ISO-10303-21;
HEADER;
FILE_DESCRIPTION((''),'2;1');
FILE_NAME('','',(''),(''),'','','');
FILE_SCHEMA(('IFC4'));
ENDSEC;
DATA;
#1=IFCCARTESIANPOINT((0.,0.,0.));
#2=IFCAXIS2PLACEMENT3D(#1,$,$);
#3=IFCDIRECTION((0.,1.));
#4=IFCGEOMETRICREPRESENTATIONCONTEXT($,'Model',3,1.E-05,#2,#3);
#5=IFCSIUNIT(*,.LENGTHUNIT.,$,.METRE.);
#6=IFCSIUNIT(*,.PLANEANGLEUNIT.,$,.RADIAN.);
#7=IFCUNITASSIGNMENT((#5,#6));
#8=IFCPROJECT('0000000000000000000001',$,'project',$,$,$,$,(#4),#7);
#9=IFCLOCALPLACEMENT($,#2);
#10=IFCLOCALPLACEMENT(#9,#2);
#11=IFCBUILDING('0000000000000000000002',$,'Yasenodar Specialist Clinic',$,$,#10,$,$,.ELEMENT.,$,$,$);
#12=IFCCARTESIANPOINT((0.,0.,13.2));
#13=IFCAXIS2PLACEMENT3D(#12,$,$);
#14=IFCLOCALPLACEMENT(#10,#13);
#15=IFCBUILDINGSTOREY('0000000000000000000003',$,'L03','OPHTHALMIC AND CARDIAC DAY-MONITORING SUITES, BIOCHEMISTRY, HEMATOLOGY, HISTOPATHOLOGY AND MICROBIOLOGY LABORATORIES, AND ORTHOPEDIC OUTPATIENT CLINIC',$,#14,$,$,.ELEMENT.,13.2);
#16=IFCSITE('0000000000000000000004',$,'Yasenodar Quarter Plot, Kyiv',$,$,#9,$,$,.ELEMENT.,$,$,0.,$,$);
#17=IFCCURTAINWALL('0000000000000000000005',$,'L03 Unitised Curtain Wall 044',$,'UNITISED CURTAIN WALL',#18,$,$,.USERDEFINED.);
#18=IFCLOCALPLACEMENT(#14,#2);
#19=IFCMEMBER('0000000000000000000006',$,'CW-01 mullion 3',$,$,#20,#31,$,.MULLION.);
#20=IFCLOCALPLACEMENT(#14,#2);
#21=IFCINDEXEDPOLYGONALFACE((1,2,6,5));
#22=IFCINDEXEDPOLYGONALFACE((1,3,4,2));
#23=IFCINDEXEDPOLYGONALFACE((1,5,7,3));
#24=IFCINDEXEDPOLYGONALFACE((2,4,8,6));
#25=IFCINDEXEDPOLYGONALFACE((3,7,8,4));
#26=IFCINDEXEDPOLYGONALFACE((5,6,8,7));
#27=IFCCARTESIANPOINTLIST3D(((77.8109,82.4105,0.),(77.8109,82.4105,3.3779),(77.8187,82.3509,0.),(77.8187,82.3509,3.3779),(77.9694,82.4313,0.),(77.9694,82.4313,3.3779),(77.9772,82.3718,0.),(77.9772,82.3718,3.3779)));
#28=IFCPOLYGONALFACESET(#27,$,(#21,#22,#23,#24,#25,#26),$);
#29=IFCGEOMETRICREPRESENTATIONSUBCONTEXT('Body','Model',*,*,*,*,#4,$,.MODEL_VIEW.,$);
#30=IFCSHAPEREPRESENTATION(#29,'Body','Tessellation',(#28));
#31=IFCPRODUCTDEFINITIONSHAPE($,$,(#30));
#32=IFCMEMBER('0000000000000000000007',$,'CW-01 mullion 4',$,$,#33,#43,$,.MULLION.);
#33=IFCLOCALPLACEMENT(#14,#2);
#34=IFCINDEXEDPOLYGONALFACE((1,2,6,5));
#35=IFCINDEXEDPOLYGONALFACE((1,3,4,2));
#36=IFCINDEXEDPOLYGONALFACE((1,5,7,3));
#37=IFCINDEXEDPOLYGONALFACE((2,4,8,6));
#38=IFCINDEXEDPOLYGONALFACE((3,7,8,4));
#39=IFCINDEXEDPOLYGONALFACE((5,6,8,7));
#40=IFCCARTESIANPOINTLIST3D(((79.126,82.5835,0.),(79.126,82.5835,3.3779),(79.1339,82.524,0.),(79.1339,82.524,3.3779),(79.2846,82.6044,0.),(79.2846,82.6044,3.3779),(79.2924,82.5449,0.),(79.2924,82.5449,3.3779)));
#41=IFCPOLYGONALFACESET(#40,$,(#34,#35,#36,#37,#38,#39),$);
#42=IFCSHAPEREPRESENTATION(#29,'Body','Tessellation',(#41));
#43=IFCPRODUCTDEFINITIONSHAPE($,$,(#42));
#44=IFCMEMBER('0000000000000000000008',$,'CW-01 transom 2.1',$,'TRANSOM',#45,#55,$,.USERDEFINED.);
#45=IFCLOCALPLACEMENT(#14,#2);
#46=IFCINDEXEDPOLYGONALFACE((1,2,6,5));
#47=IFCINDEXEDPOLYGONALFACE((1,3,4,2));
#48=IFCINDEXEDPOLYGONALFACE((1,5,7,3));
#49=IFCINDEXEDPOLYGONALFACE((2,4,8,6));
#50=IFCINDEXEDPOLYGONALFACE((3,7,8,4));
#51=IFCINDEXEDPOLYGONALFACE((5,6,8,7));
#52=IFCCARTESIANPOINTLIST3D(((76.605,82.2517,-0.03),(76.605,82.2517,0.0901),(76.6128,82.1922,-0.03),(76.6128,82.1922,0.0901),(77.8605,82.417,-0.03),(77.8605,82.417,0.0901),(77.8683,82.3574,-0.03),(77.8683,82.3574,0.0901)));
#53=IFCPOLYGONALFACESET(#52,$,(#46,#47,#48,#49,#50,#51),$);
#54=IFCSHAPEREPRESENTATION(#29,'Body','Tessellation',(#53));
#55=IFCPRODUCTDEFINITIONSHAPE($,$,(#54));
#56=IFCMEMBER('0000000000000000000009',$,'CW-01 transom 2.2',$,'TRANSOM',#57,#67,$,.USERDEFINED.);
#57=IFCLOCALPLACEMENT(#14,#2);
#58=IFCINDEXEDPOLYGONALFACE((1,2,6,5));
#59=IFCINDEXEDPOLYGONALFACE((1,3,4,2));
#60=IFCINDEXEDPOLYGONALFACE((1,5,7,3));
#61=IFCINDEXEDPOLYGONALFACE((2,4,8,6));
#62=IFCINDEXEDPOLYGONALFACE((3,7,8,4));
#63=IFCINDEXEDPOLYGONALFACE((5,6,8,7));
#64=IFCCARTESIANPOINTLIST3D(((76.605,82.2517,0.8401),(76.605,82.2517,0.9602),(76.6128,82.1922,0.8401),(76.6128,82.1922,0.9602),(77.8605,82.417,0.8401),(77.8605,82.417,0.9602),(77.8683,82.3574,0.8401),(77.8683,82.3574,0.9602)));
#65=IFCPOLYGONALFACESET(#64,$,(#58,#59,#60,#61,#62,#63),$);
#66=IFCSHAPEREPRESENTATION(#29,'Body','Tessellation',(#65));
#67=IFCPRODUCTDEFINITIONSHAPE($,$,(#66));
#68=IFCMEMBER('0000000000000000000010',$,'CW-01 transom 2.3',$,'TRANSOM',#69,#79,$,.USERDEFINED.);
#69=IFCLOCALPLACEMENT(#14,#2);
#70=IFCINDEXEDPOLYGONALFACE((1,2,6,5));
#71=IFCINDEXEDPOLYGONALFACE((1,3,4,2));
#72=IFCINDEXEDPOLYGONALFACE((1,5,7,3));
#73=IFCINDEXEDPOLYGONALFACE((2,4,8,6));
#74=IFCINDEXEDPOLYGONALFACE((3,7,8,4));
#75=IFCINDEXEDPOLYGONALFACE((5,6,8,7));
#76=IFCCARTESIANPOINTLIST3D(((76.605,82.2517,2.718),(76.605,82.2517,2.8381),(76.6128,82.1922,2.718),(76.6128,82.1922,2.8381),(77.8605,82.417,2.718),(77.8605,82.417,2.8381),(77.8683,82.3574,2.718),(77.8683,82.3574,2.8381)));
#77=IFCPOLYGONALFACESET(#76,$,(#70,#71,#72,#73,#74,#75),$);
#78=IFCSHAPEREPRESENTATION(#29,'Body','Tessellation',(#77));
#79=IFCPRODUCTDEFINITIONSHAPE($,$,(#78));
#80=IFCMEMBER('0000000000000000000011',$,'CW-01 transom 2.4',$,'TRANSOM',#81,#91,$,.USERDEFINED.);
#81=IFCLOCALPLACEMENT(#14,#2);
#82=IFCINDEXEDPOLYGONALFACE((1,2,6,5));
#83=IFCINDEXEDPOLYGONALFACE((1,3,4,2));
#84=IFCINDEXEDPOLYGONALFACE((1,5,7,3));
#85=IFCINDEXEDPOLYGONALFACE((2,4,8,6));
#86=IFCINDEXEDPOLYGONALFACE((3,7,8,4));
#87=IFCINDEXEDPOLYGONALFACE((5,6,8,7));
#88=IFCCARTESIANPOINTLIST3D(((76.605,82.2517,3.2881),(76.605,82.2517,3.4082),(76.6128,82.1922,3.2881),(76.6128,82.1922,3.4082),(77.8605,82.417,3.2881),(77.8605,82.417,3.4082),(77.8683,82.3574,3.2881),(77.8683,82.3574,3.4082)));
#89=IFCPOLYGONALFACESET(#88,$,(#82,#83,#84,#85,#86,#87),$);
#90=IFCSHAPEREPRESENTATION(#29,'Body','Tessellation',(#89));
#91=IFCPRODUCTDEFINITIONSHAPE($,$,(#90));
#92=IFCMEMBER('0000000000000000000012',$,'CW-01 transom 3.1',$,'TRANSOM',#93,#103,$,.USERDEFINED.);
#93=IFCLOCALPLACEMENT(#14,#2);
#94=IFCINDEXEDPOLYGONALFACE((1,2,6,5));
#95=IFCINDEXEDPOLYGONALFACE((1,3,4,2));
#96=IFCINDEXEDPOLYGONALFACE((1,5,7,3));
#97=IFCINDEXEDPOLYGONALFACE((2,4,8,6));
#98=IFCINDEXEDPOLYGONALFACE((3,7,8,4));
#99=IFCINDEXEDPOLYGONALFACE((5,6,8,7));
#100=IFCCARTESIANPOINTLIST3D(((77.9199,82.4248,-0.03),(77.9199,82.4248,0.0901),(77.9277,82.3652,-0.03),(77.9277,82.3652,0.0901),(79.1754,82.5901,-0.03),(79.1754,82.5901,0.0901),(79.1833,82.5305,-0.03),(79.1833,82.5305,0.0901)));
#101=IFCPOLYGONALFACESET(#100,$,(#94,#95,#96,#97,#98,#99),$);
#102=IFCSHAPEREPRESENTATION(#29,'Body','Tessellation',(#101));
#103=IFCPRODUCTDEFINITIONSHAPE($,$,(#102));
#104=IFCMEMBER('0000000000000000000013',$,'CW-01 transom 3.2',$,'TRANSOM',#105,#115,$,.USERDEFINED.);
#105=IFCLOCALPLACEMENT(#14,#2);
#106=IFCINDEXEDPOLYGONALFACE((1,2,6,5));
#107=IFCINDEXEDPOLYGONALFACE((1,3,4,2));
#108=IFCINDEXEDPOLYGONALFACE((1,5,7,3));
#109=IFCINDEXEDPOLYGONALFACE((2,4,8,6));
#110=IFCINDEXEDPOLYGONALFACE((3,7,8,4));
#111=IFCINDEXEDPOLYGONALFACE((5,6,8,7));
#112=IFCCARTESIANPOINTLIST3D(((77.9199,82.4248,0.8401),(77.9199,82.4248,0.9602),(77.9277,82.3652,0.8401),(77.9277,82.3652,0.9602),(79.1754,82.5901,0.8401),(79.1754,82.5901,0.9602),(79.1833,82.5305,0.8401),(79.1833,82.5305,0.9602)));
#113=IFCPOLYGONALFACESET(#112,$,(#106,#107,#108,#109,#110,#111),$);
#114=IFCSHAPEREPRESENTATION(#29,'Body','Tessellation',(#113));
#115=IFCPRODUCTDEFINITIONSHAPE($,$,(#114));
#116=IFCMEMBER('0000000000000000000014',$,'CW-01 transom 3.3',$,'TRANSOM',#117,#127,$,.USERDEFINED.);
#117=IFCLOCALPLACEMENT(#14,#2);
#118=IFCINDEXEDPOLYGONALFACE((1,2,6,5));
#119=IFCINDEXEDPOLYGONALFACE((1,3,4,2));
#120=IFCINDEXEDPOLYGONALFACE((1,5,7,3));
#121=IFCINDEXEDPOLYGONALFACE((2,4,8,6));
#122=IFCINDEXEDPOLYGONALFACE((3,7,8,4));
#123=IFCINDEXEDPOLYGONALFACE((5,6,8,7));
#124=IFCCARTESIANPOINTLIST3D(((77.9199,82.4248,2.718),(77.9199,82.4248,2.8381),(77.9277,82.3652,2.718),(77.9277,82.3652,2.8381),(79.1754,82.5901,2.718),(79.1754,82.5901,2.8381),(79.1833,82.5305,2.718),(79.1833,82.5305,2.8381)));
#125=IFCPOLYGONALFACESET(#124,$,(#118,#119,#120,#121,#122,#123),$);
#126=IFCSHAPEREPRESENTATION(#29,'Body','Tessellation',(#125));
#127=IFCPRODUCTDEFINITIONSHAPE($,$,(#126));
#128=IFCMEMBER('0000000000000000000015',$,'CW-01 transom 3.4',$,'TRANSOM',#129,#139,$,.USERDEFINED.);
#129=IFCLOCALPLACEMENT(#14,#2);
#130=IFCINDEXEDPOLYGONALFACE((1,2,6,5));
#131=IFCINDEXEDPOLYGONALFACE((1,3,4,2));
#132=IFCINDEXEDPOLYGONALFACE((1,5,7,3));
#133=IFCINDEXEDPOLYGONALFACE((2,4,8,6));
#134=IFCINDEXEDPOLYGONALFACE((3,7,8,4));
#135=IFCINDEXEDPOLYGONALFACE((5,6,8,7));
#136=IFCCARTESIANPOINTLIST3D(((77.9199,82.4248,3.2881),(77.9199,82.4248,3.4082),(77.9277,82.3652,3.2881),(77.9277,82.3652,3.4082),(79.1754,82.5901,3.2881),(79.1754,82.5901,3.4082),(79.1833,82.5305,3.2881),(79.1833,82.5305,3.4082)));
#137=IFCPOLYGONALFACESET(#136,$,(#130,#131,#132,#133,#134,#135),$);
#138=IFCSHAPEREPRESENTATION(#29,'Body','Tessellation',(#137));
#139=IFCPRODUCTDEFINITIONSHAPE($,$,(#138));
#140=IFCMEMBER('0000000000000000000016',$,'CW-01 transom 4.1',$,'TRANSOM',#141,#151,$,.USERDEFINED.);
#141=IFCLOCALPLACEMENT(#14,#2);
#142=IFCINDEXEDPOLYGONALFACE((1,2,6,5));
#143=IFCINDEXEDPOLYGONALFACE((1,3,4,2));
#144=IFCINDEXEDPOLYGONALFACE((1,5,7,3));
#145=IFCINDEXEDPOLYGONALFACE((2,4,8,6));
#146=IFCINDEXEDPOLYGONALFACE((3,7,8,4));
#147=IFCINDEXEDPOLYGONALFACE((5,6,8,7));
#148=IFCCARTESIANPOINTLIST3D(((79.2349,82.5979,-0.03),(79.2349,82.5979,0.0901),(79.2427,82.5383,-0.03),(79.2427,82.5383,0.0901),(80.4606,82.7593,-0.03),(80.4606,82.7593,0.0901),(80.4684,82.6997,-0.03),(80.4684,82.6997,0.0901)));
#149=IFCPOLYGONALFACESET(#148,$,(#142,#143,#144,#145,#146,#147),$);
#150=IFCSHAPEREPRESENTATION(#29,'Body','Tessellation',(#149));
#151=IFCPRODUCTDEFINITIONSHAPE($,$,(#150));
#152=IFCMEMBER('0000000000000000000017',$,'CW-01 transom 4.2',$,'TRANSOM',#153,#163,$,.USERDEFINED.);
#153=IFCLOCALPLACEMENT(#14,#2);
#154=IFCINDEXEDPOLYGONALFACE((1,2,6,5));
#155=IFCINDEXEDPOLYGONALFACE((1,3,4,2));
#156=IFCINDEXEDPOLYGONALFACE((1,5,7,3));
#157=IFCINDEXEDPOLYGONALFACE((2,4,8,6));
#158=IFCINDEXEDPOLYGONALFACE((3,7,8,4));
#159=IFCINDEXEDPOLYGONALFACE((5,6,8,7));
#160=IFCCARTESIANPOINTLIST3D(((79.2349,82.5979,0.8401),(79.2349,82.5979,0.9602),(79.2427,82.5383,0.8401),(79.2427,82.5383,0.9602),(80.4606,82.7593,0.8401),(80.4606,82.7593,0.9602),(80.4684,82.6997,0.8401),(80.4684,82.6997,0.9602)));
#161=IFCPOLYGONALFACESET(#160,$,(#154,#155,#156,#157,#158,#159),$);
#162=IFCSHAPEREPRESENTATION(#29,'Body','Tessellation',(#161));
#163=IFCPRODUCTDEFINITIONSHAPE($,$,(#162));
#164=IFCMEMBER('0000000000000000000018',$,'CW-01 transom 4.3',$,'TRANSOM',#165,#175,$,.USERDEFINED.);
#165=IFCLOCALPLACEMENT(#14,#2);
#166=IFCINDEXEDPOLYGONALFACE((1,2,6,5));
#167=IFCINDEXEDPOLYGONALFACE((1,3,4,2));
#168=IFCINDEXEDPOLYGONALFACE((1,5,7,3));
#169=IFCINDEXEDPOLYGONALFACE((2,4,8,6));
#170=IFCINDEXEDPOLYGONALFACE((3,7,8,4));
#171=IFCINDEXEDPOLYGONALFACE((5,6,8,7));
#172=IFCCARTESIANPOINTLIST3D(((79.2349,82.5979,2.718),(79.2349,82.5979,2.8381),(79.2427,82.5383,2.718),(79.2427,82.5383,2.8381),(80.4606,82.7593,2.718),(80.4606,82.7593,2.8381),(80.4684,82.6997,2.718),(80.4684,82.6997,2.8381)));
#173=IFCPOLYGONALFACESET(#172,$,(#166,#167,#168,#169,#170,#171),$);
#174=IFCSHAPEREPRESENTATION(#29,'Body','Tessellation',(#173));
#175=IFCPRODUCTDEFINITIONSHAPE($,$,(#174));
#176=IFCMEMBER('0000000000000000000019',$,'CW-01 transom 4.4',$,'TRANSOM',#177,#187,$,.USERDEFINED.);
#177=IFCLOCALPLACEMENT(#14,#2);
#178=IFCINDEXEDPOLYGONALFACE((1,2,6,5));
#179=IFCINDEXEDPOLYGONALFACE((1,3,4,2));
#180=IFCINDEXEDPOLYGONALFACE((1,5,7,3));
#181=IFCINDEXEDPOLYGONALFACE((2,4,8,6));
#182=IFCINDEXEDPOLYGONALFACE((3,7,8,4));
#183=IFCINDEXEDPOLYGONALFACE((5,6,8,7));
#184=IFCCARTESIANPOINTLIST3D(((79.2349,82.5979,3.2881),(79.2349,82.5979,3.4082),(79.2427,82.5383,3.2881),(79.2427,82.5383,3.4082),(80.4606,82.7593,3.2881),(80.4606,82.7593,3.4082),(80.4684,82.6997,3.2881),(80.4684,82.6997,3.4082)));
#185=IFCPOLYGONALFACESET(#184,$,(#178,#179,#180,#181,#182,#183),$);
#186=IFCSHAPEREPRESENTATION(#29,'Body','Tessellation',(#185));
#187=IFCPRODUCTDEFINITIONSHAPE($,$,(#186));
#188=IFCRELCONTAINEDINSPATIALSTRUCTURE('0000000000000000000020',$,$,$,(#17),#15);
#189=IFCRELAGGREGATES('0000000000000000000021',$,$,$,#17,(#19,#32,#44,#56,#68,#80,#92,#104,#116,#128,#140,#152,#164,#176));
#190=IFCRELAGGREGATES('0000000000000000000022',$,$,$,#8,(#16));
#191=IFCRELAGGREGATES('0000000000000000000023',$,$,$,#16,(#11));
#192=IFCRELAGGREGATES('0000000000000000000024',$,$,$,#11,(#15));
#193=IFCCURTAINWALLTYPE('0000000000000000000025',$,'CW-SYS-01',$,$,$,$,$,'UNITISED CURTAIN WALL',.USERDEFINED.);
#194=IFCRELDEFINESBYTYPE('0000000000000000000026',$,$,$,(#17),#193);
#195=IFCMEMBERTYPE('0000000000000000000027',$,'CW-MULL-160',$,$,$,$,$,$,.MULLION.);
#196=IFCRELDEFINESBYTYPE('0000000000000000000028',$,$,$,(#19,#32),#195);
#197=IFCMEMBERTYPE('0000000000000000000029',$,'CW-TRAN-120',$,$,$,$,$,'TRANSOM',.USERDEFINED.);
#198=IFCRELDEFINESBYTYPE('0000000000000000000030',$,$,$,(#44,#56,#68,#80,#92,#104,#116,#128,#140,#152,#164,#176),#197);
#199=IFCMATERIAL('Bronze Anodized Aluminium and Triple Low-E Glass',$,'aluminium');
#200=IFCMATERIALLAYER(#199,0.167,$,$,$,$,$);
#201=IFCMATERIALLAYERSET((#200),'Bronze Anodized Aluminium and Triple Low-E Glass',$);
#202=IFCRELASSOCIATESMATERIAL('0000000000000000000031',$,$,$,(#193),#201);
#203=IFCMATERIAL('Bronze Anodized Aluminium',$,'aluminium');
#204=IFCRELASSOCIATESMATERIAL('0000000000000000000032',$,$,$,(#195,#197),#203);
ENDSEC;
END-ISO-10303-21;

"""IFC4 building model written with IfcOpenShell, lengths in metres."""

from ifc_helpers import new_model, si_unit, direction, frame, origin, origin_2d, place, context, subcontext, project, spatial, rectangle, extrude, material, layer, layer_set, material_profile, profile_set, type_object, element, aggregate, save


model = new_model("IFC4")

# Units and contexts
model_context = context("Model", 3, precision=1e-05, world=origin(), true_north=direction((0.0, 1.0)))
body_context = subcontext(model_context, "Body", "Model", "MODEL_VIEW")
ifc_project = project(units=[si_unit("LENGTHUNIT", "METRE"), si_unit("PLANEANGLEUNIT", "RADIAN")], contexts=[model_context])

# Site, building, storey
site_placement = place(None, origin())
site = spatial("IfcSite", under=ifc_project, at=site_placement, Name="Yasenodar Quarter Plot, Kyiv", CompositionType="ELEMENT", RefElevation=0.0)
building_placement = place(site_placement, origin())
building = spatial("IfcBuilding", under=site, at=building_placement, Name="Yasenodar Specialist Clinic", CompositionType="ELEMENT")
storey_placement = place(building_placement, frame((0.0, 0.0, 13.2)))
storey = spatial("IfcBuildingStorey", under=building, at=storey_placement, Name="L03", Description="OPHTHALMIC AND CARDIAC DAY-MONITORING SUITES, BIOCHEMISTRY, HEMATOLOGY, HISTOPATHOLOGY AND MICROBIOLOGY LABORATORIES, AND ORTHOPEDIC OUTPATIENT CLINIC", CompositionType="ELEMENT", Elevation=13.2)

# Curtain wall, members
ifc_material_1 = material(Name="Bronze Anodized Aluminium and Triple Low-E Glass", Category="aluminium")
ifc_layer_1 = layer(ifc_material_1, 0.167)
ifc_layer_set_1 = layer_set([ifc_layer_1], Name="Bronze Anodized Aluminium and Triple Low-E Glass")
curtain_wall_type = type_object("IfcCurtainWallType", Name="CW-SYS-01", ElementType="UNITISED CURTAIN WALL", PredefinedType="USERDEFINED", material=ifc_layer_set_1)
curtain_wall_1_placement = place(storey_placement, origin())
curtain_wall_1 = element("IfcCurtainWall", 1, at=curtain_wall_1_placement, inside=storey, type_object=curtain_wall_type, Name="L03 Unitised Curtain Wall 044", ObjectType="UNITISED CURTAIN WALL", PredefinedType="USERDEFINED")
ifc_material_2 = material(Name="Bronze Anodized Aluminium", Category="aluminium")
ifc_material_profile_1 = material_profile(ifc_material_2, rectangle(XDim=0.0601, YDim=0.1599, at=origin_2d()), Name="CW-MULL 60x160")
ifc_profile_set_1 = profile_set([ifc_material_profile_1], Name="Bronze Anodized Aluminium")
member_type_1 = type_object("IfcMemberType", Name="CW-MULL-160", PredefinedType="MULLION", material=ifc_profile_set_1)
member_1_placement = place(storey_placement, frame((77.894, 82.3911, 0.0), z_axis=(0.0, 0.0, 1.0), x_axis=(-0.130512, 0.991447, 0.0)))
member_1 = element("IfcMember", 2, at=member_1_placement, type_object=member_type_1, Name="CW-01 mullion 3", PredefinedType="MULLION", context=body_context, shape_type="SweptSolid", body=[
    extrude(rectangle(XDim=0.0601, YDim=0.1599, at=origin_2d()), origin(), (0.0, 0.0, 1.0), 3.3779),
])
member_2_placement = place(storey_placement, frame((79.2092, 82.5642, 0.0), z_axis=(0.0, 0.0, 1.0), x_axis=(-0.130512, 0.991447, 0.0)))
member_2 = element("IfcMember", 3, at=member_2_placement, type_object=member_type_1, Name="CW-01 mullion 4", PredefinedType="MULLION", context=body_context, shape_type="SweptSolid", body=[
    extrude(rectangle(XDim=0.0601, YDim=0.1599, at=origin_2d()), origin(), (0.0, 0.0, 1.0), 3.3779),
])
ifc_material_profile_2 = material_profile(ifc_material_2, rectangle(XDim=0.0601, YDim=0.1201, at=origin_2d()), Name="CW-TRAN 60x120")
ifc_profile_set_2 = profile_set([ifc_material_profile_2], Name="Bronze Anodized Aluminium")
member_type_2 = type_object("IfcMemberType", Name="CW-TRAN-120", ElementType="TRANSOM", PredefinedType="USERDEFINED", material=ifc_profile_set_2)
member_3_placement = place(storey_placement, frame((76.6089, 82.2219, 0.03), z_axis=(0.991447, 0.130509, 0.0), x_axis=(-0.130509, 0.991447, 0.0)))
member_3 = element("IfcMember", 4, at=member_3_placement, type_object=member_type_2, Name="CW-01 transom 2.1", ObjectType="TRANSOM", PredefinedType="USERDEFINED", context=body_context, shape_type="SweptSolid", body=[
    extrude(rectangle(XDim=0.0601, YDim=0.1201, at=origin_2d()), origin(), (0.0, 0.0, 1.0), 1.2664),
])
member_4_placement = place(storey_placement, frame((76.6089, 82.2219, 0.9001), z_axis=(0.991447, 0.130509, 0.0), x_axis=(-0.130509, 0.991447, 0.0)))
member_4 = element("IfcMember", 5, at=member_4_placement, type_object=member_type_2, Name="CW-01 transom 2.2", ObjectType="TRANSOM", PredefinedType="USERDEFINED", context=body_context, shape_type="SweptSolid", body=[
    extrude(rectangle(XDim=0.0601, YDim=0.1201, at=origin_2d()), origin(), (0.0, 0.0, 1.0), 1.2664),
])
member_5_placement = place(storey_placement, frame((76.6089, 82.2219, 2.7781), z_axis=(0.991447, 0.130509, 0.0), x_axis=(-0.130509, 0.991447, 0.0)))
member_5 = element("IfcMember", 6, at=member_5_placement, type_object=member_type_2, Name="CW-01 transom 2.3", ObjectType="TRANSOM", PredefinedType="USERDEFINED", context=body_context, shape_type="SweptSolid", body=[
    extrude(rectangle(XDim=0.0601, YDim=0.1201, at=origin_2d()), origin(), (0.0, 0.0, 1.0), 1.2664),
])
member_6_placement = place(storey_placement, frame((76.6089, 82.2219, 3.3481), z_axis=(0.991447, 0.130509, 0.0), x_axis=(-0.130509, 0.991447, 0.0)))
member_6 = element("IfcMember", 7, at=member_6_placement, type_object=member_type_2, Name="CW-01 transom 2.4", ObjectType="TRANSOM", PredefinedType="USERDEFINED", context=body_context, shape_type="SweptSolid", body=[
    extrude(rectangle(XDim=0.0601, YDim=0.1201, at=origin_2d()), origin(), (0.0, 0.0, 1.0), 1.2664),
])
member_7_placement = place(storey_placement, frame((77.9238, 82.395, 0.03), z_axis=(0.991447, 0.130509, 0.0), x_axis=(-0.130509, 0.991447, 0.0)))
member_7 = element("IfcMember", 8, at=member_7_placement, type_object=member_type_2, Name="CW-01 transom 3.1", ObjectType="TRANSOM", PredefinedType="USERDEFINED", context=body_context, shape_type="SweptSolid", body=[
    extrude(rectangle(XDim=0.0601, YDim=0.1201, at=origin_2d()), origin(), (0.0, 0.0, 1.0), 1.2664),
])
member_8_placement = place(storey_placement, frame((77.9238, 82.395, 0.9001), z_axis=(0.991447, 0.130509, 0.0), x_axis=(-0.130509, 0.991447, 0.0)))
member_8 = element("IfcMember", 9, at=member_8_placement, type_object=member_type_2, Name="CW-01 transom 3.2", ObjectType="TRANSOM", PredefinedType="USERDEFINED", context=body_context, shape_type="SweptSolid", body=[
    extrude(rectangle(XDim=0.0601, YDim=0.1201, at=origin_2d()), origin(), (0.0, 0.0, 1.0), 1.2664),
])
member_9_placement = place(storey_placement, frame((77.9238, 82.395, 2.7781), z_axis=(0.991447, 0.130509, 0.0), x_axis=(-0.130509, 0.991447, 0.0)))
member_9 = element("IfcMember", 10, at=member_9_placement, type_object=member_type_2, Name="CW-01 transom 3.3", ObjectType="TRANSOM", PredefinedType="USERDEFINED", context=body_context, shape_type="SweptSolid", body=[
    extrude(rectangle(XDim=0.0601, YDim=0.1201, at=origin_2d()), origin(), (0.0, 0.0, 1.0), 1.2664),
])
member_10_placement = place(storey_placement, frame((77.9238, 82.395, 3.3481), z_axis=(0.991447, 0.130509, 0.0), x_axis=(-0.130509, 0.991447, 0.0)))
member_10 = element("IfcMember", 11, at=member_10_placement, type_object=member_type_2, Name="CW-01 transom 3.4", ObjectType="TRANSOM", PredefinedType="USERDEFINED", context=body_context, shape_type="SweptSolid", body=[
    extrude(rectangle(XDim=0.0601, YDim=0.1201, at=origin_2d()), origin(), (0.0, 0.0, 1.0), 1.2664),
])
member_11_placement = place(storey_placement, frame((79.2388, 82.5681, 0.03), z_axis=(0.991446, 0.130521, 0.0), x_axis=(-0.130521, 0.991446, 0.0)))
member_11 = element("IfcMember", 12, at=member_11_placement, type_object=member_type_2, Name="CW-01 transom 4.1", ObjectType="TRANSOM", PredefinedType="USERDEFINED", context=body_context, shape_type="SweptSolid", body=[
    extrude(rectangle(XDim=0.0601, YDim=0.1201, at=origin_2d()), origin(), (0.0, 0.0, 1.0), 1.2363),
])
member_12_placement = place(storey_placement, frame((79.2388, 82.5681, 0.9001), z_axis=(0.991446, 0.130521, 0.0), x_axis=(-0.130521, 0.991446, 0.0)))
member_12 = element("IfcMember", 13, at=member_12_placement, type_object=member_type_2, Name="CW-01 transom 4.2", ObjectType="TRANSOM", PredefinedType="USERDEFINED", context=body_context, shape_type="SweptSolid", body=[
    extrude(rectangle(XDim=0.0601, YDim=0.1201, at=origin_2d()), origin(), (0.0, 0.0, 1.0), 1.2363),
])
member_13_placement = place(storey_placement, frame((79.2388, 82.5681, 2.7781), z_axis=(0.991446, 0.130521, 0.0), x_axis=(-0.130521, 0.991446, 0.0)))
member_13 = element("IfcMember", 14, at=member_13_placement, type_object=member_type_2, Name="CW-01 transom 4.3", ObjectType="TRANSOM", PredefinedType="USERDEFINED", context=body_context, shape_type="SweptSolid", body=[
    extrude(rectangle(XDim=0.0601, YDim=0.1201, at=origin_2d()), origin(), (0.0, 0.0, 1.0), 1.2363),
])
member_14_placement = place(storey_placement, frame((79.2388, 82.5681, 3.3481), z_axis=(0.991446, 0.130521, 0.0), x_axis=(-0.130521, 0.991446, 0.0)))
member_14 = element("IfcMember", 15, at=member_14_placement, type_object=member_type_2, Name="CW-01 transom 4.4", ObjectType="TRANSOM", PredefinedType="USERDEFINED", context=body_context, shape_type="SweptSolid", body=[
    extrude(rectangle(XDim=0.0601, YDim=0.1201, at=origin_2d()), origin(), (0.0, 0.0, 1.0), 1.2363),
])
aggregate(curtain_wall_1, [member_1, member_2, member_3, member_4, member_5, member_6, member_7, member_8, member_9, member_10, member_11, member_12, member_13, member_14])

save(model, "model.ifc")
